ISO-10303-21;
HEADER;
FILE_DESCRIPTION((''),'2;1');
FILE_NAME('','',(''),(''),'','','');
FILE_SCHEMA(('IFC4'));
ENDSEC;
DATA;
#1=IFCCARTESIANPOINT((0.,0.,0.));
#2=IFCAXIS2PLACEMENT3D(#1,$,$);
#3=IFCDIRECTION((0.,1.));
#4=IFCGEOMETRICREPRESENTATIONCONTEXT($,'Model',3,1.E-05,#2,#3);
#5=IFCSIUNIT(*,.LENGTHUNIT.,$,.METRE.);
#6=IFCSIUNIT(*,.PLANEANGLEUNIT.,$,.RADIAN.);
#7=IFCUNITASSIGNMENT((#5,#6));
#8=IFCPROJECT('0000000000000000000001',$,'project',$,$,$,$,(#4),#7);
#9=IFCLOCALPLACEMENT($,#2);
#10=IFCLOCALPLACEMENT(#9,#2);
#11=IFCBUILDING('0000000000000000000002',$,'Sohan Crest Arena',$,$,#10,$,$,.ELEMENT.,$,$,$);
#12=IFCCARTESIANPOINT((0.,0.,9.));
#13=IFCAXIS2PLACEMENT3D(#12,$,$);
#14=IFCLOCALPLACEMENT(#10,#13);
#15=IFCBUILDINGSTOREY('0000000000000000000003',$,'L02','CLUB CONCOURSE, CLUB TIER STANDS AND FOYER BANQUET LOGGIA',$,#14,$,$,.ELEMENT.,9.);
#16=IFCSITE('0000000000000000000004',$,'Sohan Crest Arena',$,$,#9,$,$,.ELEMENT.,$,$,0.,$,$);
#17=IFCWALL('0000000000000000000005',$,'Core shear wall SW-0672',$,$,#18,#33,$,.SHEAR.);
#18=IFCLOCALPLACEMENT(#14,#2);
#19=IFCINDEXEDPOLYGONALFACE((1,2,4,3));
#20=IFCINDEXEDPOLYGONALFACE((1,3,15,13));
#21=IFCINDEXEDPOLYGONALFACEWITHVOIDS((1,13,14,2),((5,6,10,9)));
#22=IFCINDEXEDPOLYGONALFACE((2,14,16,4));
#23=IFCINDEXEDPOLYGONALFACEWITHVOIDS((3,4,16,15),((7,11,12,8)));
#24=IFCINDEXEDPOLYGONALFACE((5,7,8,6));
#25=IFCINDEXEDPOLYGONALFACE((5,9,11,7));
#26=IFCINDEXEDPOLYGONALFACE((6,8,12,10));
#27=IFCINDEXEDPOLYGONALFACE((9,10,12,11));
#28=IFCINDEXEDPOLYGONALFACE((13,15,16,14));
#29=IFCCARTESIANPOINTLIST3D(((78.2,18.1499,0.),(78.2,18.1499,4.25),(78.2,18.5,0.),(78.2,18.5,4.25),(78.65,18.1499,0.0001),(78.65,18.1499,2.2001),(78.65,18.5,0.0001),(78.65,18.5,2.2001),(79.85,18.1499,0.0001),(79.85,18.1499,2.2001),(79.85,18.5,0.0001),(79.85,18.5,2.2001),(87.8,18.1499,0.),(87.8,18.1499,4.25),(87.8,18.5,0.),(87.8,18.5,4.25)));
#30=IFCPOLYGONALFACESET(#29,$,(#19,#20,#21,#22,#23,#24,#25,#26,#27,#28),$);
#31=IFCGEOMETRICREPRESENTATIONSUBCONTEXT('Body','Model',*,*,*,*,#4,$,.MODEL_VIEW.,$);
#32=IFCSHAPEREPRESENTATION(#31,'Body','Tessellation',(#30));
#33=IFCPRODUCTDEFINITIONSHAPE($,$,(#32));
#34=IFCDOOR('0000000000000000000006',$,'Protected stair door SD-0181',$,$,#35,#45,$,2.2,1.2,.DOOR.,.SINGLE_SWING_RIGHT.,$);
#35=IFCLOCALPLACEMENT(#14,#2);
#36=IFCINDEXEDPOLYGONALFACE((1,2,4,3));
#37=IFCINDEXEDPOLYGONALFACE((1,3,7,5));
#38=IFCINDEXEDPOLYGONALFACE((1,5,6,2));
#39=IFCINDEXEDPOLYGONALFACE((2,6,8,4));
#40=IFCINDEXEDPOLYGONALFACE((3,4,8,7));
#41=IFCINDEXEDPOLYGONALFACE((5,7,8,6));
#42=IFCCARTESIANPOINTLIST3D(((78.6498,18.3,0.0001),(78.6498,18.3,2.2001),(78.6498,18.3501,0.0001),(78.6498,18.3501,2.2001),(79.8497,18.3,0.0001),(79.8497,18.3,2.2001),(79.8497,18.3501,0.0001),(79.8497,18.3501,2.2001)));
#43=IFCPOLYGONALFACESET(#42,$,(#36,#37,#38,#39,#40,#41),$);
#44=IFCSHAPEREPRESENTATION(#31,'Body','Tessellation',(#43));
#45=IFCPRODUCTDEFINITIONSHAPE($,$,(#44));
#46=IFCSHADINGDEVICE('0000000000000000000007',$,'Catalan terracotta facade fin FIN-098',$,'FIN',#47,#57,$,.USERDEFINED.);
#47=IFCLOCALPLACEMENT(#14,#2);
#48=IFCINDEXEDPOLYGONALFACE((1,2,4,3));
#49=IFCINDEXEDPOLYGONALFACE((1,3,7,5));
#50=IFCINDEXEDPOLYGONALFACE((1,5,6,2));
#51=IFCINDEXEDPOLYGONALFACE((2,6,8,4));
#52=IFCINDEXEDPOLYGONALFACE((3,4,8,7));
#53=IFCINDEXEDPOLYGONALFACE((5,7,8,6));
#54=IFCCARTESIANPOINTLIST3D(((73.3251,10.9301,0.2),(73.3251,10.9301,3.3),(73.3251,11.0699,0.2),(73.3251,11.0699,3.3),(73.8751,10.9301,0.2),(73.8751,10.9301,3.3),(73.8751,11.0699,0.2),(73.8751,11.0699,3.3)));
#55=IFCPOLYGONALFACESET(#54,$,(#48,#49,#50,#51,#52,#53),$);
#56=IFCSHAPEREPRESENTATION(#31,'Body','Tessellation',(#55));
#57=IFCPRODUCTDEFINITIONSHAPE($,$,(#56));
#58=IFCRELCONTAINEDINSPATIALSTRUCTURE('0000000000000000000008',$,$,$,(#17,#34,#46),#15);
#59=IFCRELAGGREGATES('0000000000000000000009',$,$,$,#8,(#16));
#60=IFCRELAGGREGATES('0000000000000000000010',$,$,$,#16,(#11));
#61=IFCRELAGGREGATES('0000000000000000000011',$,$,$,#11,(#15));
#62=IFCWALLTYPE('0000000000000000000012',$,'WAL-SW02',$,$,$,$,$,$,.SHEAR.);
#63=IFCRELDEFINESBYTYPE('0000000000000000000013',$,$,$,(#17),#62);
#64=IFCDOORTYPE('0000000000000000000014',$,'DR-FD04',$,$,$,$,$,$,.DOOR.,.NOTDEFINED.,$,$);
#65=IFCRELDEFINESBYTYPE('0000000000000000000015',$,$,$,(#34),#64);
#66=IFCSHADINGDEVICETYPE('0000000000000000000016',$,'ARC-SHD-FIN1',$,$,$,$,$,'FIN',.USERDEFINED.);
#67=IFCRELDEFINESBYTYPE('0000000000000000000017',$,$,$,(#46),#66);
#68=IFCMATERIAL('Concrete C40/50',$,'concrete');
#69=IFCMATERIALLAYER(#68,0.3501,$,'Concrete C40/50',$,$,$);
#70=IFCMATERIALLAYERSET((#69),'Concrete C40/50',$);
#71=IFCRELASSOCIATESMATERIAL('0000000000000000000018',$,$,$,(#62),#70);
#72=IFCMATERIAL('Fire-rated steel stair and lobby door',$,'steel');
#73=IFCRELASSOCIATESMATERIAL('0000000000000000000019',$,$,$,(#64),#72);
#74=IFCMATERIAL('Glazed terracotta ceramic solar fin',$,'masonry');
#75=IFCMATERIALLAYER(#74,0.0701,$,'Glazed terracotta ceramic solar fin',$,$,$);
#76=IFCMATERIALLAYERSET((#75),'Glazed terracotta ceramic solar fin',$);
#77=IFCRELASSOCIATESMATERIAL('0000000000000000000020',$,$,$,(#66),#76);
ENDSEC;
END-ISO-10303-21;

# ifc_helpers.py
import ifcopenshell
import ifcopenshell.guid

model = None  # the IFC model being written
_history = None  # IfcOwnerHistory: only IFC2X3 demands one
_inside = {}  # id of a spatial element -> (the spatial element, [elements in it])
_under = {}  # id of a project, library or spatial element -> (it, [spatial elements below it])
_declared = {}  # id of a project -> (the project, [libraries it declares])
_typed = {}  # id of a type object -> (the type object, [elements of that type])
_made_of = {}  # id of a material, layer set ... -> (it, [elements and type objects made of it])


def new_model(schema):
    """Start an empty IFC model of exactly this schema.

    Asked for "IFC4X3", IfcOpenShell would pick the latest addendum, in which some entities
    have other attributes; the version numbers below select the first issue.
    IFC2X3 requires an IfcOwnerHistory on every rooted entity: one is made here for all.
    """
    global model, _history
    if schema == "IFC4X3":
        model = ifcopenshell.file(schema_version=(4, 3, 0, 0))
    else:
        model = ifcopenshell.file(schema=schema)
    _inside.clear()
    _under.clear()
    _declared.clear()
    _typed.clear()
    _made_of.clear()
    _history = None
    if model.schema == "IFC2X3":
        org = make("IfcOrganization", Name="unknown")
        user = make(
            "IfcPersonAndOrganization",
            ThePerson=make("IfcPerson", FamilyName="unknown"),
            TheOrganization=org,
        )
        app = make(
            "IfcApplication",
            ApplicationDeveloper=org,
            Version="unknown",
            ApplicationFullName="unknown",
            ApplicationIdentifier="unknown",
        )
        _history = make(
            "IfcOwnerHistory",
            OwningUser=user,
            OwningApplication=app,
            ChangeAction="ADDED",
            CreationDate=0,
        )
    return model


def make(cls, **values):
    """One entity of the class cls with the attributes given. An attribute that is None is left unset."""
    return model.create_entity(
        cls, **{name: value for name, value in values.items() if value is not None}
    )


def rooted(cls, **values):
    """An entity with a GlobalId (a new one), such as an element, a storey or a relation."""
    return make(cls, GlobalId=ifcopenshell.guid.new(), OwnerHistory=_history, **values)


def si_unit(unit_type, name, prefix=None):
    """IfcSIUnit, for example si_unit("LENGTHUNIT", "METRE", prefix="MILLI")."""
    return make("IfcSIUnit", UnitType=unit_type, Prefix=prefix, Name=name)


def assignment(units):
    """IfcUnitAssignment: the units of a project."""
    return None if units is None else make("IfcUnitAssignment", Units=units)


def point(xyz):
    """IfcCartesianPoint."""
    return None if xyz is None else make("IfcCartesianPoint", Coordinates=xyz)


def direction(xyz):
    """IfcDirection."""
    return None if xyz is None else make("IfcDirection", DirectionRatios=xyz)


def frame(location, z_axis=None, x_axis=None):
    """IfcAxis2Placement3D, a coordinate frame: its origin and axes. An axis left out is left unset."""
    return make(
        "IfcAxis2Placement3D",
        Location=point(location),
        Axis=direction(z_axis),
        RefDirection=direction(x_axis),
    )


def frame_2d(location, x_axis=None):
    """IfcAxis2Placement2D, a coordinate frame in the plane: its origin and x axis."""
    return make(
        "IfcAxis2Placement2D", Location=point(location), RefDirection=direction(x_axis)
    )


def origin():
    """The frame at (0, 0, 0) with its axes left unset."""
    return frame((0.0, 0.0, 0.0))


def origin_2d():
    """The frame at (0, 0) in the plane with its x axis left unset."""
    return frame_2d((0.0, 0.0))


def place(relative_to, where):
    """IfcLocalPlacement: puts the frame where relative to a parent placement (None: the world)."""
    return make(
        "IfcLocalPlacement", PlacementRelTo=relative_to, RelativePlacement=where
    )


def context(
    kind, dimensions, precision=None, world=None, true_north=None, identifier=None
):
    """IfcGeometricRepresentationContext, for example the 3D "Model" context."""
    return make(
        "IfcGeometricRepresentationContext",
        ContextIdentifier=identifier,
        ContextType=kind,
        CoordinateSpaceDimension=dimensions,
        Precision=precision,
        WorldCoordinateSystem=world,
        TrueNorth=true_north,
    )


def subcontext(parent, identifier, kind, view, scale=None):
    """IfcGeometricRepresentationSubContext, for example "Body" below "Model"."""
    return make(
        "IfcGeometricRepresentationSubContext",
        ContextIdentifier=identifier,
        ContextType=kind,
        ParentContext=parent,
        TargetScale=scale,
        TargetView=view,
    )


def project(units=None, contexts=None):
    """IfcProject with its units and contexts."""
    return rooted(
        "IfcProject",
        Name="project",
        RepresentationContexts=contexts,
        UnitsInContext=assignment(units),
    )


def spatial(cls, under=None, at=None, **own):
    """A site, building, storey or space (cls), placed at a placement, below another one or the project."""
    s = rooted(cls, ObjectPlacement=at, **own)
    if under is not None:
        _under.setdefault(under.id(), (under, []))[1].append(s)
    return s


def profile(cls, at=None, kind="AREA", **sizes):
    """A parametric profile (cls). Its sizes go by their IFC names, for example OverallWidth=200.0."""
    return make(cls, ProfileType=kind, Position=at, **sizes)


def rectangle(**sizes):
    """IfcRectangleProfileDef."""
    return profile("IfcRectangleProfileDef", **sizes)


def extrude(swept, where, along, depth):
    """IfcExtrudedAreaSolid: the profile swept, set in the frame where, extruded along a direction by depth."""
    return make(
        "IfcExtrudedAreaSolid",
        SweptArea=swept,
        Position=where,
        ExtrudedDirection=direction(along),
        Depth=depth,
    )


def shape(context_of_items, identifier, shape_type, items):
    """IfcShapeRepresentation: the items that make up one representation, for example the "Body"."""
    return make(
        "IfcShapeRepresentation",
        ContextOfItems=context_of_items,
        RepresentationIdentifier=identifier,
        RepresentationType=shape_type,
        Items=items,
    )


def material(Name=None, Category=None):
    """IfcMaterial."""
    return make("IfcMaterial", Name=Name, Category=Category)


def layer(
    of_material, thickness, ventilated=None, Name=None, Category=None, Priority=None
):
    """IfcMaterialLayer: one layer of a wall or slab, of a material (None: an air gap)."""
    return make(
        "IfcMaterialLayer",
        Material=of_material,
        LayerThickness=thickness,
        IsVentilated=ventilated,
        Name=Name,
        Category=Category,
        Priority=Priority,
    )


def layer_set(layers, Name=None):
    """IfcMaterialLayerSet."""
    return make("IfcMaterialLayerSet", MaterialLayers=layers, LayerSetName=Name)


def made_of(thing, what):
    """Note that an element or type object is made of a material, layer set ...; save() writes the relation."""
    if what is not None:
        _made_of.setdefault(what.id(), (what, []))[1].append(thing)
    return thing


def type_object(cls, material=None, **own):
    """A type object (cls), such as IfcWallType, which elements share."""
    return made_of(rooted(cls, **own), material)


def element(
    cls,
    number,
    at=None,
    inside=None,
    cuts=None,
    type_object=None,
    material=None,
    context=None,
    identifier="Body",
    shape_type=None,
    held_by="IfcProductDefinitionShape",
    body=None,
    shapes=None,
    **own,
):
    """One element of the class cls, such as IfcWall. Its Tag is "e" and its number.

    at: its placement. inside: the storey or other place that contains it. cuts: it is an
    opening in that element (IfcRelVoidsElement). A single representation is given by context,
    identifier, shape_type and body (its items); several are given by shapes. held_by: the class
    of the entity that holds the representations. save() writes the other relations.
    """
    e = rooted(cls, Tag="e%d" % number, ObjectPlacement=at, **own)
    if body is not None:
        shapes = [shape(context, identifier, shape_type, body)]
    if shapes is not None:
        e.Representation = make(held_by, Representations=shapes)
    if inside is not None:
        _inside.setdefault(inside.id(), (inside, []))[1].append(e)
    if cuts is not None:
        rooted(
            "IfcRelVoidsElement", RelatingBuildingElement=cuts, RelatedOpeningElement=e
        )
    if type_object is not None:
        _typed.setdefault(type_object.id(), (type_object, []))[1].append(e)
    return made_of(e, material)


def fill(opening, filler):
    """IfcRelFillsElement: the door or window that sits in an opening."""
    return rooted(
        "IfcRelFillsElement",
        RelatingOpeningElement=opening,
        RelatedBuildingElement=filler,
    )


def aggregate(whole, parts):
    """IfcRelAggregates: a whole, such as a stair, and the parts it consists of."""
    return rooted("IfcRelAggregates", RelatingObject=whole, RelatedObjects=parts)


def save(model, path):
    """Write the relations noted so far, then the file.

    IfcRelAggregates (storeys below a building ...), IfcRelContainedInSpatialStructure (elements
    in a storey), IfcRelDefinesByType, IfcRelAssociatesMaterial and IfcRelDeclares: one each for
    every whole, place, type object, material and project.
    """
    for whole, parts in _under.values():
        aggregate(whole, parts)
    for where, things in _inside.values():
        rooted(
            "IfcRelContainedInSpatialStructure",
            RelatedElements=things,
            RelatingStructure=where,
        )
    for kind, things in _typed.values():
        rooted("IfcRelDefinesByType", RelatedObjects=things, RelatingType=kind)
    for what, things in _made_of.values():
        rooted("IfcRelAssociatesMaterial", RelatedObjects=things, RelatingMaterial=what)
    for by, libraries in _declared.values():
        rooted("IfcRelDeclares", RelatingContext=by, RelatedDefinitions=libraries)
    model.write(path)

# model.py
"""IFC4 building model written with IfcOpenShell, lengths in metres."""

from ifc_helpers import new_model, si_unit, direction, frame, frame_2d, origin, origin_2d, place, context, subcontext, project, spatial, rectangle, extrude, material, layer, layer_set, type_object, element, fill, save


model = new_model("IFC4")

# Units and contexts
model_context = context("Model", 3, precision=1e-05, world=origin(), true_north=direction((0.0, 1.0)))
body_context = subcontext(model_context, "Body", "Model", "MODEL_VIEW")
ifc_project = project(units=[si_unit("LENGTHUNIT", "METRE"), si_unit("PLANEANGLEUNIT", "RADIAN")], contexts=[model_context])

# Site, building, storey
site_placement = place(None, origin())
site = spatial("IfcSite", under=ifc_project, at=site_placement, Name="Sohan Crest Arena", CompositionType="ELEMENT", RefElevation=0.0)
building_placement = place(site_placement, origin())
building = spatial("IfcBuilding", under=site, at=building_placement, Name="Sohan Crest Arena", CompositionType="ELEMENT")
storey_placement = place(building_placement, frame((0.0, 0.0, 9.0)))
storey = spatial("IfcBuildingStorey", under=building, at=storey_placement, Name="L02", Description="CLUB CONCOURSE, CLUB TIER STANDS AND FOYER BANQUET LOGGIA", CompositionType="ELEMENT", Elevation=9.0)

# Wall, opening, door
ifc_material_1 = material(Name="Concrete C40/50", Category="concrete")
ifc_layer_1 = layer(ifc_material_1, 0.3501, Name="Concrete C40/50")
ifc_layer_set_1 = layer_set([ifc_layer_1], Name="Concrete C40/50")
wall_type_1 = type_object("IfcWallType", Name="WAL-SW02", PredefinedType="SHEAR", material=ifc_layer_set_1)
wall_1_placement = place(storey_placement, frame((78.2, 18.325, 0.0), z_axis=(0.0, 0.0, 1.0), x_axis=(1.0, 0.0, 0.0)))
wall_1 = element("IfcWall", 1, at=wall_1_placement, inside=storey, type_object=wall_type_1, Name="Core shear wall SW-0672", PredefinedType="SHEAR", context=body_context, shape_type="SweptSolid", body=[
    extrude(rectangle(XDim=9.6001, YDim=0.3501, at=frame_2d((4.8, 0.0))), origin(), (0.0, 0.0, 1.0), 4.25),
])
opening_1_placement = place(wall_1_placement, frame((0.45, 0.0, 0.0)))
opening_1 = element("IfcOpeningElement", 2, at=opening_1_placement, cuts=wall_1, PredefinedType="OPENING", context=body_context, shape_type="SweptSolid", body=[
    extrude(rectangle(XDim=1.2, YDim=2.2, at=frame_2d((0.6001, 1.1001))), frame((0.0, 0.1851, 0.0), z_axis=(0.0, -1.0, 0.0), x_axis=(1.0, 0.0, 0.0)), (0.0, 0.0, 1.0), 0.3701),
])
ifc_material_2 = material(Name="Fire-rated steel stair and lobby door", Category="steel")
door_type_1 = type_object("IfcDoorType", Name="DR-FD04", OperationType="NOTDEFINED", PredefinedType="DOOR", material=ifc_material_2)
door_1_placement = place(opening_1_placement, frame((1.2, 0.0, 0.0), z_axis=(0.0, 0.0, 1.0), x_axis=(-1.0, 0.0, 0.0)))
door_1 = element("IfcDoor", 3, at=door_1_placement, inside=storey, type_object=door_type_1, Name="Protected stair door SD-0181", OperationType="SINGLE_SWING_RIGHT", OverallHeight=2.2, OverallWidth=1.2, PredefinedType="DOOR", context=body_context, shape_type="SweptSolid", body=[
    extrude(rectangle(XDim=1.2, YDim=2.2, at=frame_2d((0.6001, 1.1001))), frame((0.0, 0.0249, 0.0), z_axis=(0.0, -1.0, 0.0), x_axis=(1.0, 0.0, 0.0)), (0.0, 0.0, 1.0), 0.05),
])
fill(opening_1, door_1)

# Shading device
ifc_material_3 = material(Name="Glazed terracotta ceramic solar fin", Category="masonry")
ifc_layer_2 = layer(ifc_material_3, 0.0701, Name="Glazed terracotta ceramic solar fin")
ifc_layer_set_2 = layer_set([ifc_layer_2], Name="Glazed terracotta ceramic solar fin")
shading_device_type = type_object("IfcShadingDeviceType", Name="ARC-SHD-FIN1", ElementType="FIN", PredefinedType="USERDEFINED", material=ifc_layer_set_2)
shading_device_placement = place(storey_placement, frame((73.6001, 11.0, 0.2), z_axis=(0.0, 0.0, 1.0), x_axis=(0.0, -1.0, 0.0)))
element("IfcShadingDevice", 4, at=shading_device_placement, inside=storey, type_object=shading_device_type, Name="Catalan terracotta facade fin FIN-098", ObjectType="FIN", PredefinedType="USERDEFINED", context=body_context, shape_type="SweptSolid", body=[
    extrude(rectangle(XDim=0.1399, YDim=0.55, at=origin_2d()), origin(), (0.0, 0.0, 1.0), 3.1001),
])

save(model, "model.ifc")
